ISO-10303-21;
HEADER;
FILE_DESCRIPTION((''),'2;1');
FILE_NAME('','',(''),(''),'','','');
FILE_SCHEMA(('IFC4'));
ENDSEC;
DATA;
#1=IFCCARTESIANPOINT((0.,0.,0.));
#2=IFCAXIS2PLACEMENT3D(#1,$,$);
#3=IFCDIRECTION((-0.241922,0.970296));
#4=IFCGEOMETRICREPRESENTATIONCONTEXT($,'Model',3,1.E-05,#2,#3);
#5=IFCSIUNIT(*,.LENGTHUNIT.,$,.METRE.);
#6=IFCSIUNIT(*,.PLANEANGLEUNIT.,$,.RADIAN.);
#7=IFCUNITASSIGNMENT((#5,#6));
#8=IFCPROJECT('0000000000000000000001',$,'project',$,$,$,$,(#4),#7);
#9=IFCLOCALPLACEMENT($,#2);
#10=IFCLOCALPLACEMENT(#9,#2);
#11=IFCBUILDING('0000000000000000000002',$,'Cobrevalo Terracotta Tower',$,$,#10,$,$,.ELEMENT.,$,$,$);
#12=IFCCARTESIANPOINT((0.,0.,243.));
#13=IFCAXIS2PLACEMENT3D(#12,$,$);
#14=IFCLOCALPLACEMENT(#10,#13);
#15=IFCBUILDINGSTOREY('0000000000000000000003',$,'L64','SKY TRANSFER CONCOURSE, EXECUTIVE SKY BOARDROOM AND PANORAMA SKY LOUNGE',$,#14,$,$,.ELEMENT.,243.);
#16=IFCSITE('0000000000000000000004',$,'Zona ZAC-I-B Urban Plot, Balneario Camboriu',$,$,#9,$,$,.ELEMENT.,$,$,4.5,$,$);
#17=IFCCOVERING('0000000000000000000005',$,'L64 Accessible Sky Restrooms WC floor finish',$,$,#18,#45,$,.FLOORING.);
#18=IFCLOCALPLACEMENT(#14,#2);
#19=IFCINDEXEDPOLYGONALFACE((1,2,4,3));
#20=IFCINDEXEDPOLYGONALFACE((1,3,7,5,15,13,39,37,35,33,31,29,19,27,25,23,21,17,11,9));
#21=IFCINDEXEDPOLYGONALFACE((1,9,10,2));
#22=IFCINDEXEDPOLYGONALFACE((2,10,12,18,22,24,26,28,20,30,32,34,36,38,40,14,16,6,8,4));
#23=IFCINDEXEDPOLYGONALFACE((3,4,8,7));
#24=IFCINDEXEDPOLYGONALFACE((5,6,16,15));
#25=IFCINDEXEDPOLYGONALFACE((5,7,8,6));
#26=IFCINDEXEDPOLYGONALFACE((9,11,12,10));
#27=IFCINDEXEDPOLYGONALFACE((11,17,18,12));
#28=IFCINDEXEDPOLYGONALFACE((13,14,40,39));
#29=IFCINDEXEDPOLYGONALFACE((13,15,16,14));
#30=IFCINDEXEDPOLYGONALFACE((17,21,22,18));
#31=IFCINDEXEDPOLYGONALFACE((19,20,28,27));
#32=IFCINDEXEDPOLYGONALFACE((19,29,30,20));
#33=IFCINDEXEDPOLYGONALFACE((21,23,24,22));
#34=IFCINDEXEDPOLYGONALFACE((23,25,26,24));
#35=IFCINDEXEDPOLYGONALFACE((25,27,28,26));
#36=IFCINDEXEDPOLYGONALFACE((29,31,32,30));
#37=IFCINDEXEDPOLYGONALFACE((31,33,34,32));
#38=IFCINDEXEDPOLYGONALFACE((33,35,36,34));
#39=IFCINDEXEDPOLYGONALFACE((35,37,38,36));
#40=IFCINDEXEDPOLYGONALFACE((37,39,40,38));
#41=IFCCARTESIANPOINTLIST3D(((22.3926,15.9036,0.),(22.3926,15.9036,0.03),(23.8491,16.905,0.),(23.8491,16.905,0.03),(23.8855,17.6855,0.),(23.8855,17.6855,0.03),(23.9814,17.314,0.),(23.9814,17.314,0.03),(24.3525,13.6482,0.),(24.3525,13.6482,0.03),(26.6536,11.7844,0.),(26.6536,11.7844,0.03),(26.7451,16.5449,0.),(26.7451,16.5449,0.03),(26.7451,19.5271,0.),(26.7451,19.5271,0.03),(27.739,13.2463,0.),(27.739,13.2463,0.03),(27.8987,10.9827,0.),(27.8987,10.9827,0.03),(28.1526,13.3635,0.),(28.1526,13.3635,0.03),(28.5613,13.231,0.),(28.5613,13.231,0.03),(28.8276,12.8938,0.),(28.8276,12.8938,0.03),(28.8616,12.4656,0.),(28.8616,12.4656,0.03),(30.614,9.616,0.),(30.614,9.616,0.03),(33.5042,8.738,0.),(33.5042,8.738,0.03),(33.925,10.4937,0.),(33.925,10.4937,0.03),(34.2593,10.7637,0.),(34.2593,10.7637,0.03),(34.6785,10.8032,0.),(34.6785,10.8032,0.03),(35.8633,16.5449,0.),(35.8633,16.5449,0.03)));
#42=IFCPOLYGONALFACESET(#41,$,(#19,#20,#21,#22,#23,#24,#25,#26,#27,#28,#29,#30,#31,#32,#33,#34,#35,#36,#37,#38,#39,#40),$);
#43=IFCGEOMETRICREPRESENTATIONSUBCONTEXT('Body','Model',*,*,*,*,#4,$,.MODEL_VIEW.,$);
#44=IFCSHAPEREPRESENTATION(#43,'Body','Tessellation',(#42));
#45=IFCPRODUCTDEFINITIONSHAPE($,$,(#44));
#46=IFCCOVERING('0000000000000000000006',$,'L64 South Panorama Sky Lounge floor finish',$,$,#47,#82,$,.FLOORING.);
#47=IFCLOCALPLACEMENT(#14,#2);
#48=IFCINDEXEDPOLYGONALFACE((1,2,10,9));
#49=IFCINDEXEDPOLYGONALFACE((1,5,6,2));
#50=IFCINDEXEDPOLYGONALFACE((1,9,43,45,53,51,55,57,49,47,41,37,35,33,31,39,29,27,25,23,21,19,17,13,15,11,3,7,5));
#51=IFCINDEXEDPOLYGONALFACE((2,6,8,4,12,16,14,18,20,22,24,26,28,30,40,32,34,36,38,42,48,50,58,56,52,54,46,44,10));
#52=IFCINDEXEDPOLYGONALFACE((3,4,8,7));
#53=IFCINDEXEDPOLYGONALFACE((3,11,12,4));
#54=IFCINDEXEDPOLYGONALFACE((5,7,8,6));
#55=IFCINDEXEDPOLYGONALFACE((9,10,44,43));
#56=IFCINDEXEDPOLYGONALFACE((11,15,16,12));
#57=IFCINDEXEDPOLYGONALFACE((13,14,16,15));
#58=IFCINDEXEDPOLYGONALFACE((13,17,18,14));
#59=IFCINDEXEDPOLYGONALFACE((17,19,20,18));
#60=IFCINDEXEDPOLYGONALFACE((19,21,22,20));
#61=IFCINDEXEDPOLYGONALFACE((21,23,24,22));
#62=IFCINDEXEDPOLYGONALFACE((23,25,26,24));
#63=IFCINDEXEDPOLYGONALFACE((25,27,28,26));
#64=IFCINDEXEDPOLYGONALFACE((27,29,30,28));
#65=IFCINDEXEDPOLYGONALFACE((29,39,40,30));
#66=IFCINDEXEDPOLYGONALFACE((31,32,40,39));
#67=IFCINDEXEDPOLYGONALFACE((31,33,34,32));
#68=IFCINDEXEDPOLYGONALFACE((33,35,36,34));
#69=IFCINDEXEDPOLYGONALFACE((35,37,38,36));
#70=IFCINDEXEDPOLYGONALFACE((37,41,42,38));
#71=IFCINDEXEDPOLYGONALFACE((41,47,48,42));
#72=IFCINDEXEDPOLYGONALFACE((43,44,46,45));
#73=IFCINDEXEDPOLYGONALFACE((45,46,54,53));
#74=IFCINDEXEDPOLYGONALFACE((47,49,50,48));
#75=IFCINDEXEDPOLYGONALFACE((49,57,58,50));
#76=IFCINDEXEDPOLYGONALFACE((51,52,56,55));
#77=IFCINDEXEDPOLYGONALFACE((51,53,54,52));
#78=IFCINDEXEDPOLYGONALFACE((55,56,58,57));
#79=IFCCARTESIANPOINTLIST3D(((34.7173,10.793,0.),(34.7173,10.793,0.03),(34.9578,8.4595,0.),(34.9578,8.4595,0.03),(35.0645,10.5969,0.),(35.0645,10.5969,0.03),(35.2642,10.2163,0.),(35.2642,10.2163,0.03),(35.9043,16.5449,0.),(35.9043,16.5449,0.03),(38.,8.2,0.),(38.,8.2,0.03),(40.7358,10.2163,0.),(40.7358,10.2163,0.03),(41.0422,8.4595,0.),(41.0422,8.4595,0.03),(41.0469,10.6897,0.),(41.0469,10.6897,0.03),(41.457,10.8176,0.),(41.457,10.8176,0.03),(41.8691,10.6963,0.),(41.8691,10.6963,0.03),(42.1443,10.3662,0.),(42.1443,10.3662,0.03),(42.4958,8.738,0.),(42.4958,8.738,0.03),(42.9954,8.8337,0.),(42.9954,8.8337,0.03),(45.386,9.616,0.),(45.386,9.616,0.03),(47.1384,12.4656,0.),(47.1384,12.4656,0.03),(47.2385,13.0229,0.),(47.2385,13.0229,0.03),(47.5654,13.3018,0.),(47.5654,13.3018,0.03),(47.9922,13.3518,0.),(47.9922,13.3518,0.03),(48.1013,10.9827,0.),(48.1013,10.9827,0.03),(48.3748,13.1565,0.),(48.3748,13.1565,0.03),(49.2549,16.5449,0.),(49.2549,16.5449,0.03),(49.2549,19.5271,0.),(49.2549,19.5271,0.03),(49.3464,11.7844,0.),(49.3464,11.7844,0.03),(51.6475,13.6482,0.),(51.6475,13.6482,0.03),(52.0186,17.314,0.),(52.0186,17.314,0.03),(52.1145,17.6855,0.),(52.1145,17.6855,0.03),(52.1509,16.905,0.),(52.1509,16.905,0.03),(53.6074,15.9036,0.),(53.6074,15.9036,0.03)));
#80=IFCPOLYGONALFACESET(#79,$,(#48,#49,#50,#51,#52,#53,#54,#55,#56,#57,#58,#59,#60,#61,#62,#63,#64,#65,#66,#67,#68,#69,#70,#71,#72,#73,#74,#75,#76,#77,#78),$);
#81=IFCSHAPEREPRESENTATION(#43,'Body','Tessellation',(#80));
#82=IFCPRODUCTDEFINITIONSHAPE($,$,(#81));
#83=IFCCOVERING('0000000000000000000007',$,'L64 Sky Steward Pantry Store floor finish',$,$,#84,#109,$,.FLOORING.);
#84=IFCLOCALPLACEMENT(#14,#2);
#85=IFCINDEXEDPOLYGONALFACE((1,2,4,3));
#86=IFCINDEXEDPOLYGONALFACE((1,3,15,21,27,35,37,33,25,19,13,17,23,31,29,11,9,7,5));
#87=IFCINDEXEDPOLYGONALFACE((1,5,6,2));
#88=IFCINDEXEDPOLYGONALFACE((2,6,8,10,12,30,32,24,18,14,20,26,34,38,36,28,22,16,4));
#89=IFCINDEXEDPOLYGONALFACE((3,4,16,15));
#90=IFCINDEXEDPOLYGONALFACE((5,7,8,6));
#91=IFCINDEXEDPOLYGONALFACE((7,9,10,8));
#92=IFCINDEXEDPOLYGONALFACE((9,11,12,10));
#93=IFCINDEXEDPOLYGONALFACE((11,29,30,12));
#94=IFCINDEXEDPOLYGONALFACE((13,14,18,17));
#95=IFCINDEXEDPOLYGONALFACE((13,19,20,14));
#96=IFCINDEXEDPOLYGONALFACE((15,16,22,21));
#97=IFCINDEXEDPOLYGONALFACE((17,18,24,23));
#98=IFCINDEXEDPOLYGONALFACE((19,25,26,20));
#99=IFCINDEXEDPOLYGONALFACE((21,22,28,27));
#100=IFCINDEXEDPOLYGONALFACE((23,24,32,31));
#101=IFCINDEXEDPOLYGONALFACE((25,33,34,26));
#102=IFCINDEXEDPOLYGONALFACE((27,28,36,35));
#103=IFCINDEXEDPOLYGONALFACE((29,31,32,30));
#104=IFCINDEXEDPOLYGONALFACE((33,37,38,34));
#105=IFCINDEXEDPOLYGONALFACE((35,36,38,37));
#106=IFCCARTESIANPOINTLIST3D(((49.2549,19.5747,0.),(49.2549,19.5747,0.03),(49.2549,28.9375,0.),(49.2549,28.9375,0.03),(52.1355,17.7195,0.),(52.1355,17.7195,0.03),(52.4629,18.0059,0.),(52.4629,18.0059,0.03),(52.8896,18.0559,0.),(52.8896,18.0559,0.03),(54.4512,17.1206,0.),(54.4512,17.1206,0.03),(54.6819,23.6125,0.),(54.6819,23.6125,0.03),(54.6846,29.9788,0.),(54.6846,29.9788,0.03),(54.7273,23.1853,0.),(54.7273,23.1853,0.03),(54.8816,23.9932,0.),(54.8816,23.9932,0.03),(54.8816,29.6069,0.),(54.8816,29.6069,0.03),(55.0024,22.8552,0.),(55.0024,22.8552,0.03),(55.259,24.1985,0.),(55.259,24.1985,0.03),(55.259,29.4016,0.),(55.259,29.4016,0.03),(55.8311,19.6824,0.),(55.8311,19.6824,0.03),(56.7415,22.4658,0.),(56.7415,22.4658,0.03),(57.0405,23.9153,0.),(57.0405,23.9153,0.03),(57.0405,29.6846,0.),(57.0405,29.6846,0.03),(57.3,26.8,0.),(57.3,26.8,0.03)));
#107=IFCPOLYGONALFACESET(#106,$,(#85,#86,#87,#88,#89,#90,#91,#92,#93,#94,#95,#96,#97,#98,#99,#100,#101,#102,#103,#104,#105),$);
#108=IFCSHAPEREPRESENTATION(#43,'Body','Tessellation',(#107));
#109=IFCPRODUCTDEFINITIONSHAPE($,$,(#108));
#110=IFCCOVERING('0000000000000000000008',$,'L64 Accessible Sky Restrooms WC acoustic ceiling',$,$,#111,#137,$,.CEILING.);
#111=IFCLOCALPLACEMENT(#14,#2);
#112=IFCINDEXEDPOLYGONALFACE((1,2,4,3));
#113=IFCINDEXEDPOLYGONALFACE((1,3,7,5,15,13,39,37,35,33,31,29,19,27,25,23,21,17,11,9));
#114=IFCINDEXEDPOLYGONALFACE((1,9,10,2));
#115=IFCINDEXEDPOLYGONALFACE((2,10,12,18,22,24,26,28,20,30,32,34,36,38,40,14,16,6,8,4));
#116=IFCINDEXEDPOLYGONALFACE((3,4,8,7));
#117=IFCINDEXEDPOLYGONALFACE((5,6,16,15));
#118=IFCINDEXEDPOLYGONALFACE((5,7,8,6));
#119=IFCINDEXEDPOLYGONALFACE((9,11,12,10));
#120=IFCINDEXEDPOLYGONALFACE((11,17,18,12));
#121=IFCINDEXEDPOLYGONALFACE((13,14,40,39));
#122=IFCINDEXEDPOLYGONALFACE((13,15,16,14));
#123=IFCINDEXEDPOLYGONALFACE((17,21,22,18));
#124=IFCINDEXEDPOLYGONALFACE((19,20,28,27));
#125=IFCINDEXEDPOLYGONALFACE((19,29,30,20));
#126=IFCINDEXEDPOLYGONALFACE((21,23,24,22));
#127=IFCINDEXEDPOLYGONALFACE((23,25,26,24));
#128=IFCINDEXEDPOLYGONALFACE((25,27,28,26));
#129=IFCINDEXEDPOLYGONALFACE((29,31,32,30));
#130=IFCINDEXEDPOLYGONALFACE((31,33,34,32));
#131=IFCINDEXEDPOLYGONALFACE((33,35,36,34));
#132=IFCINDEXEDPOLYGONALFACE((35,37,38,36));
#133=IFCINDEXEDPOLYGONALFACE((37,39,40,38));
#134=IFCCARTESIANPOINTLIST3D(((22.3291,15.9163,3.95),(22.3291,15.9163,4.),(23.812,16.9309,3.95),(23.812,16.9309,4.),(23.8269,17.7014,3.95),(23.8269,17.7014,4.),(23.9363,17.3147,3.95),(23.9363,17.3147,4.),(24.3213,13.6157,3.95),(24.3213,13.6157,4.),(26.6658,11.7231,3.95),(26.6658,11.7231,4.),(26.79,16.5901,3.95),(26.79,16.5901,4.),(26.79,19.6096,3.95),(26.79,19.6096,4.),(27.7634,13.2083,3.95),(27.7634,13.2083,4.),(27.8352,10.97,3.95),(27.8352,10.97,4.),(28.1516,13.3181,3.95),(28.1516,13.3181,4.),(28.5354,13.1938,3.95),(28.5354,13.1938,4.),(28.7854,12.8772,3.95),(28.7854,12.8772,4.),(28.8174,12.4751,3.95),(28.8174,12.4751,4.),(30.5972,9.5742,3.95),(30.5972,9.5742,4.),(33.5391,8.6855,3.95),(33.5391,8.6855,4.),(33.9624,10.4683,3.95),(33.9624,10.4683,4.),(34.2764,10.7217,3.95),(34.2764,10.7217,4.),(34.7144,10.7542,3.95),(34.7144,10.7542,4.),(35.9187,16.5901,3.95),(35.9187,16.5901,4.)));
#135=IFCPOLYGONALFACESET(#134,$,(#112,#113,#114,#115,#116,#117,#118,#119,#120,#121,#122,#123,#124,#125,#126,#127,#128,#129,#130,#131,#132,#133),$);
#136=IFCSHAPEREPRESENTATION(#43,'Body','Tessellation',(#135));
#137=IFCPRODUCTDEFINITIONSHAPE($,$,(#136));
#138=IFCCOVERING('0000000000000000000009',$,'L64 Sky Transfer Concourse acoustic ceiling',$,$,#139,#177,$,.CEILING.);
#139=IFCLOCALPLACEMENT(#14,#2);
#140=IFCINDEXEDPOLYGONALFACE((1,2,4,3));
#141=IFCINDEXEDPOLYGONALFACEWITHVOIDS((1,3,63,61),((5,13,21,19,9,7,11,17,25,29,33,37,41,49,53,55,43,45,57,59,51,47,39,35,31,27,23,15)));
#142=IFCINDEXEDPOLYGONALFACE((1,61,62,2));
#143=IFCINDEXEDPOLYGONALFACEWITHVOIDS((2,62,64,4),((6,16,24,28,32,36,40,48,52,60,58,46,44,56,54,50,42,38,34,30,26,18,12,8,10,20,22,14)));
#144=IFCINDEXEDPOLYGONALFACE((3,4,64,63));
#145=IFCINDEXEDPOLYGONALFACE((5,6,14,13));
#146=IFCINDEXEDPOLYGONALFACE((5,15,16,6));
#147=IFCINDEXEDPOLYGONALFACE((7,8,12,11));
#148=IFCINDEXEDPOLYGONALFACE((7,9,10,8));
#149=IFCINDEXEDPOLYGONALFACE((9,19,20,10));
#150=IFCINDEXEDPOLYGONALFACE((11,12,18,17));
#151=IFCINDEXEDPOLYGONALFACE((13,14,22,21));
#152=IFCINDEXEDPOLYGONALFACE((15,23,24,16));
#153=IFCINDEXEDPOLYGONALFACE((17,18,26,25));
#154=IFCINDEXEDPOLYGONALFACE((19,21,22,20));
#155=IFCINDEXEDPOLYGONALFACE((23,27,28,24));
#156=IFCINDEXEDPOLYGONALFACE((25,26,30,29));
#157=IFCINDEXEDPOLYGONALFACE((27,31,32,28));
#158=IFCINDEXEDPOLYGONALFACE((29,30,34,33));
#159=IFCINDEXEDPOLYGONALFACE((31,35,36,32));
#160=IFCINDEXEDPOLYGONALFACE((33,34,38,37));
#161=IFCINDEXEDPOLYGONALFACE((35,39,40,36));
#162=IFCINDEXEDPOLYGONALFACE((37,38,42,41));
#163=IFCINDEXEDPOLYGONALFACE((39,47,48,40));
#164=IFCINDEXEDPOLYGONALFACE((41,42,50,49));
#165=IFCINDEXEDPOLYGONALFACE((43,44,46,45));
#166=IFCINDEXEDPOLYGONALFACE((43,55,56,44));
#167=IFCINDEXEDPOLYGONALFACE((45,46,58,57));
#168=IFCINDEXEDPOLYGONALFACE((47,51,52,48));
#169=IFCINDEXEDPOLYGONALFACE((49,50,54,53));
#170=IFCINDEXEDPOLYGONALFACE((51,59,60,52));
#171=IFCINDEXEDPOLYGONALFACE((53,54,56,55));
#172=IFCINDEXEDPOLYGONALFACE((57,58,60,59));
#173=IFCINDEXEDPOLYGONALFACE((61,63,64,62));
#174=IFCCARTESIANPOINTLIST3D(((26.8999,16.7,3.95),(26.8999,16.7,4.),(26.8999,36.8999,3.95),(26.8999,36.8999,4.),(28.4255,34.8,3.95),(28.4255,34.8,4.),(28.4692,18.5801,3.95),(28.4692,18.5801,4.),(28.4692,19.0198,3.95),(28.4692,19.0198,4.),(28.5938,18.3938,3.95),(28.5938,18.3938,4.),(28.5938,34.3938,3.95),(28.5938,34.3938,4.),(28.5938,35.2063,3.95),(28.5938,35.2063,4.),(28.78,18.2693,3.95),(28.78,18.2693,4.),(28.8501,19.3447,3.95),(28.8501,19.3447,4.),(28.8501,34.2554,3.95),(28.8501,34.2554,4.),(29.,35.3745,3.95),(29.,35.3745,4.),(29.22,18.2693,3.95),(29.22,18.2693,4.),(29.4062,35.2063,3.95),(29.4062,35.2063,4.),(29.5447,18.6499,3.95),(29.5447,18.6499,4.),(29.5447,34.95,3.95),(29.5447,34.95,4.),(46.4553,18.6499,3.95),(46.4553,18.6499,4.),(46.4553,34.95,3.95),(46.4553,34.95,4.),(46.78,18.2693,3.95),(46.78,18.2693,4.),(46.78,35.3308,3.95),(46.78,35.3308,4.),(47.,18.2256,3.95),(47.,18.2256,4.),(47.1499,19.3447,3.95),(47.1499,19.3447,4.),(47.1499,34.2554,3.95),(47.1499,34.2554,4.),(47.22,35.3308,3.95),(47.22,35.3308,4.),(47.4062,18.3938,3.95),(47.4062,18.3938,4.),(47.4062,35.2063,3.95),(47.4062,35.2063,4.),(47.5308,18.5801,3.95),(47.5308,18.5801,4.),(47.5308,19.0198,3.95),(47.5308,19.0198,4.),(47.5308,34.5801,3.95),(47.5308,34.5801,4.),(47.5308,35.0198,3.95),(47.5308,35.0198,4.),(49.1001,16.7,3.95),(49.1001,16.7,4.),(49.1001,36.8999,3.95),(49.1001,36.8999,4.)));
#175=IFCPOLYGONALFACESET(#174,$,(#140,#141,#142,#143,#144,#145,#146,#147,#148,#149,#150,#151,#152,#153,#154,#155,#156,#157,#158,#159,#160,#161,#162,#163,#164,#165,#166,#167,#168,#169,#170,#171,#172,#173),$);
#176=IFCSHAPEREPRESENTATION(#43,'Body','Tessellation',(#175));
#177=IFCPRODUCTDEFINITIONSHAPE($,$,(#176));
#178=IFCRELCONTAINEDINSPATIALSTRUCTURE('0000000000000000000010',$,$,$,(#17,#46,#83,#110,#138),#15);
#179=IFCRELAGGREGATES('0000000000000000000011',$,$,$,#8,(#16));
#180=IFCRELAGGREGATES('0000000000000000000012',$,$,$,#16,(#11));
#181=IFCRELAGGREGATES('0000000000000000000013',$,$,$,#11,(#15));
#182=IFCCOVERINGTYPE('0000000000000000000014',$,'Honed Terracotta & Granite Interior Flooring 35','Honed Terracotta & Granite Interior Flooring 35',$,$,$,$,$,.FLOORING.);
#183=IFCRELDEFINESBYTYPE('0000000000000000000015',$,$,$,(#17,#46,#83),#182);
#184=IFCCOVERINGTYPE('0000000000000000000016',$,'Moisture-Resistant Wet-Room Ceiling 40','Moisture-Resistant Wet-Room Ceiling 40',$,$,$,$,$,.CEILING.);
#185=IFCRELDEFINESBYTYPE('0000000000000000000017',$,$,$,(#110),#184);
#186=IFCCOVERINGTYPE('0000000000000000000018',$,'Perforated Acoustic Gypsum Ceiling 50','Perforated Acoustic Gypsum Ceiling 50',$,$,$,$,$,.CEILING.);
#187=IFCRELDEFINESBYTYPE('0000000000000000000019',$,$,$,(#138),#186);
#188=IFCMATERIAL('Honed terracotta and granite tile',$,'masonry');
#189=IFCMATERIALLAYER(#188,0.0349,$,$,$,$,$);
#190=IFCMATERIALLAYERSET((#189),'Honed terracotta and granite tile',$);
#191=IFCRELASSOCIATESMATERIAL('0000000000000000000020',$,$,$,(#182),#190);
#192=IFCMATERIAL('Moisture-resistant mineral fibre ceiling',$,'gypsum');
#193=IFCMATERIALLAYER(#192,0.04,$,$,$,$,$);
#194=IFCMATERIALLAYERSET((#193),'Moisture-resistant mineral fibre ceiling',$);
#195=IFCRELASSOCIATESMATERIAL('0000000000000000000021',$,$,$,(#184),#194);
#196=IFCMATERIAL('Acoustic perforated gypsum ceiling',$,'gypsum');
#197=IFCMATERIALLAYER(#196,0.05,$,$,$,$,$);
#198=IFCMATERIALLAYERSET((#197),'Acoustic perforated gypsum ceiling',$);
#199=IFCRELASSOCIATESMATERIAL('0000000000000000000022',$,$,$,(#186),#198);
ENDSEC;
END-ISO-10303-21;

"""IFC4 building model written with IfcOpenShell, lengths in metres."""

from ifc_helpers import new_model, si_unit, direction, frame, origin, place, context, subcontext, project, spatial, polyline, outline, extrude, material, layer, layer_set, type_object, element, save


model = new_model("IFC4")

# Units and contexts
model_context = context("Model", 3, precision=1e-05, world=origin(), true_north=direction((-0.241922, 0.970296)))
body_context = subcontext(model_context, "Body", "Model", "MODEL_VIEW")
ifc_project = project(units=[si_unit("LENGTHUNIT", "METRE"), si_unit("PLANEANGLEUNIT", "RADIAN")], contexts=[model_context])

# Site, building, storey
site_placement = place(None, origin())
site = spatial("IfcSite", under=ifc_project, at=site_placement, Name="Zona ZAC-I-B Urban Plot, Balneario Camboriu", CompositionType="ELEMENT", RefElevation=4.5)
building_placement = place(site_placement, origin())
building = spatial("IfcBuilding", under=site, at=building_placement, Name="Cobrevalo Terracotta Tower", CompositionType="ELEMENT")
storey_placement = place(building_placement, frame((0.0, 0.0, 243.0)))
storey = spatial("IfcBuildingStorey", under=building, at=storey_placement, Name="L64", Description="SKY TRANSFER CONCOURSE, EXECUTIVE SKY BOARDROOM AND PANORAMA SKY LOUNGE", CompositionType="ELEMENT", Elevation=243.0)

# Coverings
ifc_material_1 = material(Name="Honed terracotta and granite tile", Category="masonry")
ifc_layer_1 = layer(ifc_material_1, 0.0349)
ifc_layer_set_1 = layer_set([ifc_layer_1], Name="Honed terracotta and granite tile")
covering_type_1 = type_object("IfcCoveringType", Name="Honed Terracotta & Granite Interior Flooring 35", Description="Honed Terracotta & Granite Interior Flooring 35", PredefinedType="FLOORING", material=ifc_layer_set_1)
covering_1_placement = place(storey_placement, origin())
element("IfcCovering", 1, at=covering_1_placement, inside=storey, type_object=covering_type_1, Name="L64 Accessible Sky Restrooms WC floor finish", PredefinedType="FLOORING", context=body_context, shape_type="SweptSolid", body=[
    extrude(outline(polyline([(30.614, 9.616), (27.8987, 10.9827), (28.8616, 12.4656), (28.8276, 12.8938), (28.5613, 13.231), (28.1526, 13.3635), (27.739, 13.2463), (26.6536, 11.7844), (24.3525, 13.6482), (22.3926, 15.9036), (23.8491, 16.905), (23.9814, 17.314), (23.8855, 17.6855), (26.7451, 19.5271), (26.7451, 16.5449), (35.8633, 16.5449), (34.6785, 10.8032), (34.2593, 10.7637), (33.925, 10.4937), (33.5042, 8.738), (30.614, 9.616)])), origin(), (0.0, 0.0, 1.0), 0.03),
])
covering_2_placement = place(storey_placement, origin())
element("IfcCovering", 2, at=covering_2_placement, inside=storey, type_object=covering_type_1, Name="L64 South Panorama Sky Lounge floor finish", PredefinedType="FLOORING", context=body_context, shape_type="SweptSolid", body=[
    extrude(outline(polyline([(51.6475, 13.6482), (49.3464, 11.7844), (48.3748, 13.1565), (47.9922, 13.3518), (47.5654, 13.3018), (47.2385, 13.0229), (47.1384, 12.4656), (48.1013, 10.9827), (45.386, 9.616), (42.9954, 8.8337), (42.4958, 8.738), (42.1443, 10.3662), (41.8691, 10.6963), (41.457, 10.8176), (41.0469, 10.6897), (40.7358, 10.2163), (41.0422, 8.4595), (38.0, 8.2), (34.9578, 8.4595), (35.2642, 10.2163), (35.0645, 10.5969), (34.7173, 10.793), (35.9043, 16.5449), (49.2549, 16.5449), (49.2549, 19.5271), (52.1145, 17.6855), (52.0186, 17.314), (52.1509, 16.905), (53.6074, 15.9036), (51.6475, 13.6482)])), origin(), (0.0, 0.0, 1.0), 0.03),
])
covering_3_placement = place(storey_placement, origin())
element("IfcCovering", 3, at=covering_3_placement, inside=storey, type_object=covering_type_1, Name="L64 Sky Steward Pantry Store floor finish", PredefinedType="FLOORING", context=body_context, shape_type="SweptSolid", body=[
    extrude(outline(polyline([(54.6846, 29.9788), (54.8816, 29.6069), (55.259, 29.4016), (57.0405, 29.6846), (57.3, 26.8), (57.0405, 23.9153), (55.259, 24.1985), (54.8816, 23.9932), (54.6819, 23.6125), (54.7273, 23.1853), (55.0024, 22.8552), (56.7415, 22.4658), (55.8311, 19.6824), (54.4512, 17.1206), (52.8896, 18.0559), (52.4629, 18.0059), (52.1355, 17.7195), (49.2549, 19.5747), (49.2549, 28.9375), (54.6846, 29.9788)])), origin(), (0.0, 0.0, 1.0), 0.03),
])
ifc_material_2 = material(Name="Moisture-resistant mineral fibre ceiling", Category="gypsum")
ifc_layer_2 = layer(ifc_material_2, 0.04)
ifc_layer_set_2 = layer_set([ifc_layer_2], Name="Moisture-resistant mineral fibre ceiling")
covering_type_2 = type_object("IfcCoveringType", Name="Moisture-Resistant Wet-Room Ceiling 40", Description="Moisture-Resistant Wet-Room Ceiling 40", PredefinedType="CEILING", material=ifc_layer_set_2)
covering_4_placement = place(storey_placement, frame((0.0, 0.0, 3.95)))
element("IfcCovering", 4, at=covering_4_placement, inside=storey, type_object=covering_type_2, Name="L64 Accessible Sky Restrooms WC acoustic ceiling", PredefinedType="CEILING", context=body_context, shape_type="SweptSolid", body=[
    extrude(outline(polyline([(30.5972, 9.5742), (27.8352, 10.97), (28.8174, 12.4751), (28.7854, 12.8772), (28.5354, 13.1938), (28.1516, 13.3181), (27.7634, 13.2083), (26.6658, 11.7231), (24.3213, 13.6157), (22.3291, 15.9163), (23.812, 16.9309), (23.9363, 17.3147), (23.8269, 17.7014), (26.79, 19.6096), (26.79, 16.5901), (35.9187, 16.5901), (34.7144, 10.7542), (34.2764, 10.7217), (33.9624, 10.4683), (33.5391, 8.6855), (30.5972, 9.5742)])), origin(), (0.0, 0.0, 1.0), 0.05),
])
ifc_material_3 = material(Name="Acoustic perforated gypsum ceiling", Category="gypsum")
ifc_layer_3 = layer(ifc_material_3, 0.05)
ifc_layer_set_3 = layer_set([ifc_layer_3], Name="Acoustic perforated gypsum ceiling")
covering_type_3 = type_object("IfcCoveringType", Name="Perforated Acoustic Gypsum Ceiling 50", Description="Perforated Acoustic Gypsum Ceiling 50", PredefinedType="CEILING", material=ifc_layer_set_3)
covering_5_placement = place(storey_placement, frame((0.0, 0.0, 3.95)))
element("IfcCovering", 5, at=covering_5_placement, inside=storey, type_object=covering_type_3, Name="L64 Sky Transfer Concourse acoustic ceiling", PredefinedType="CEILING", context=body_context, shape_type="SweptSolid", body=[
    extrude(outline(polyline([(49.1001, 16.7), (26.8999, 16.7), (26.8999, 36.8999), (49.1001, 36.8999), (49.1001, 16.7)]), holes=[polyline([(29.5447, 34.95), (29.4062, 35.2063), (29.0, 35.3745), (28.5938, 35.2063), (28.4255, 34.8), (28.5938, 34.3938), (28.8501, 34.2554), (28.8501, 19.3447), (28.4692, 19.0198), (28.4692, 18.5801), (28.5938, 18.3938), (28.78, 18.2693), (29.22, 18.2693), (29.5447, 18.6499), (46.4553, 18.6499), (46.78, 18.2693), (47.0, 18.2256), (47.4062, 18.3938), (47.5308, 18.5801), (47.5308, 19.0198), (47.1499, 19.3447), (47.1499, 34.2554), (47.5308, 34.5801), (47.5308, 35.0198), (47.4062, 35.2063), (47.22, 35.3308), (46.78, 35.3308), (46.4553, 34.95), (29.5447, 34.95)])]), origin(), (0.0, 0.0, 1.0), 0.05),
])

save(model, "model.ifc")
